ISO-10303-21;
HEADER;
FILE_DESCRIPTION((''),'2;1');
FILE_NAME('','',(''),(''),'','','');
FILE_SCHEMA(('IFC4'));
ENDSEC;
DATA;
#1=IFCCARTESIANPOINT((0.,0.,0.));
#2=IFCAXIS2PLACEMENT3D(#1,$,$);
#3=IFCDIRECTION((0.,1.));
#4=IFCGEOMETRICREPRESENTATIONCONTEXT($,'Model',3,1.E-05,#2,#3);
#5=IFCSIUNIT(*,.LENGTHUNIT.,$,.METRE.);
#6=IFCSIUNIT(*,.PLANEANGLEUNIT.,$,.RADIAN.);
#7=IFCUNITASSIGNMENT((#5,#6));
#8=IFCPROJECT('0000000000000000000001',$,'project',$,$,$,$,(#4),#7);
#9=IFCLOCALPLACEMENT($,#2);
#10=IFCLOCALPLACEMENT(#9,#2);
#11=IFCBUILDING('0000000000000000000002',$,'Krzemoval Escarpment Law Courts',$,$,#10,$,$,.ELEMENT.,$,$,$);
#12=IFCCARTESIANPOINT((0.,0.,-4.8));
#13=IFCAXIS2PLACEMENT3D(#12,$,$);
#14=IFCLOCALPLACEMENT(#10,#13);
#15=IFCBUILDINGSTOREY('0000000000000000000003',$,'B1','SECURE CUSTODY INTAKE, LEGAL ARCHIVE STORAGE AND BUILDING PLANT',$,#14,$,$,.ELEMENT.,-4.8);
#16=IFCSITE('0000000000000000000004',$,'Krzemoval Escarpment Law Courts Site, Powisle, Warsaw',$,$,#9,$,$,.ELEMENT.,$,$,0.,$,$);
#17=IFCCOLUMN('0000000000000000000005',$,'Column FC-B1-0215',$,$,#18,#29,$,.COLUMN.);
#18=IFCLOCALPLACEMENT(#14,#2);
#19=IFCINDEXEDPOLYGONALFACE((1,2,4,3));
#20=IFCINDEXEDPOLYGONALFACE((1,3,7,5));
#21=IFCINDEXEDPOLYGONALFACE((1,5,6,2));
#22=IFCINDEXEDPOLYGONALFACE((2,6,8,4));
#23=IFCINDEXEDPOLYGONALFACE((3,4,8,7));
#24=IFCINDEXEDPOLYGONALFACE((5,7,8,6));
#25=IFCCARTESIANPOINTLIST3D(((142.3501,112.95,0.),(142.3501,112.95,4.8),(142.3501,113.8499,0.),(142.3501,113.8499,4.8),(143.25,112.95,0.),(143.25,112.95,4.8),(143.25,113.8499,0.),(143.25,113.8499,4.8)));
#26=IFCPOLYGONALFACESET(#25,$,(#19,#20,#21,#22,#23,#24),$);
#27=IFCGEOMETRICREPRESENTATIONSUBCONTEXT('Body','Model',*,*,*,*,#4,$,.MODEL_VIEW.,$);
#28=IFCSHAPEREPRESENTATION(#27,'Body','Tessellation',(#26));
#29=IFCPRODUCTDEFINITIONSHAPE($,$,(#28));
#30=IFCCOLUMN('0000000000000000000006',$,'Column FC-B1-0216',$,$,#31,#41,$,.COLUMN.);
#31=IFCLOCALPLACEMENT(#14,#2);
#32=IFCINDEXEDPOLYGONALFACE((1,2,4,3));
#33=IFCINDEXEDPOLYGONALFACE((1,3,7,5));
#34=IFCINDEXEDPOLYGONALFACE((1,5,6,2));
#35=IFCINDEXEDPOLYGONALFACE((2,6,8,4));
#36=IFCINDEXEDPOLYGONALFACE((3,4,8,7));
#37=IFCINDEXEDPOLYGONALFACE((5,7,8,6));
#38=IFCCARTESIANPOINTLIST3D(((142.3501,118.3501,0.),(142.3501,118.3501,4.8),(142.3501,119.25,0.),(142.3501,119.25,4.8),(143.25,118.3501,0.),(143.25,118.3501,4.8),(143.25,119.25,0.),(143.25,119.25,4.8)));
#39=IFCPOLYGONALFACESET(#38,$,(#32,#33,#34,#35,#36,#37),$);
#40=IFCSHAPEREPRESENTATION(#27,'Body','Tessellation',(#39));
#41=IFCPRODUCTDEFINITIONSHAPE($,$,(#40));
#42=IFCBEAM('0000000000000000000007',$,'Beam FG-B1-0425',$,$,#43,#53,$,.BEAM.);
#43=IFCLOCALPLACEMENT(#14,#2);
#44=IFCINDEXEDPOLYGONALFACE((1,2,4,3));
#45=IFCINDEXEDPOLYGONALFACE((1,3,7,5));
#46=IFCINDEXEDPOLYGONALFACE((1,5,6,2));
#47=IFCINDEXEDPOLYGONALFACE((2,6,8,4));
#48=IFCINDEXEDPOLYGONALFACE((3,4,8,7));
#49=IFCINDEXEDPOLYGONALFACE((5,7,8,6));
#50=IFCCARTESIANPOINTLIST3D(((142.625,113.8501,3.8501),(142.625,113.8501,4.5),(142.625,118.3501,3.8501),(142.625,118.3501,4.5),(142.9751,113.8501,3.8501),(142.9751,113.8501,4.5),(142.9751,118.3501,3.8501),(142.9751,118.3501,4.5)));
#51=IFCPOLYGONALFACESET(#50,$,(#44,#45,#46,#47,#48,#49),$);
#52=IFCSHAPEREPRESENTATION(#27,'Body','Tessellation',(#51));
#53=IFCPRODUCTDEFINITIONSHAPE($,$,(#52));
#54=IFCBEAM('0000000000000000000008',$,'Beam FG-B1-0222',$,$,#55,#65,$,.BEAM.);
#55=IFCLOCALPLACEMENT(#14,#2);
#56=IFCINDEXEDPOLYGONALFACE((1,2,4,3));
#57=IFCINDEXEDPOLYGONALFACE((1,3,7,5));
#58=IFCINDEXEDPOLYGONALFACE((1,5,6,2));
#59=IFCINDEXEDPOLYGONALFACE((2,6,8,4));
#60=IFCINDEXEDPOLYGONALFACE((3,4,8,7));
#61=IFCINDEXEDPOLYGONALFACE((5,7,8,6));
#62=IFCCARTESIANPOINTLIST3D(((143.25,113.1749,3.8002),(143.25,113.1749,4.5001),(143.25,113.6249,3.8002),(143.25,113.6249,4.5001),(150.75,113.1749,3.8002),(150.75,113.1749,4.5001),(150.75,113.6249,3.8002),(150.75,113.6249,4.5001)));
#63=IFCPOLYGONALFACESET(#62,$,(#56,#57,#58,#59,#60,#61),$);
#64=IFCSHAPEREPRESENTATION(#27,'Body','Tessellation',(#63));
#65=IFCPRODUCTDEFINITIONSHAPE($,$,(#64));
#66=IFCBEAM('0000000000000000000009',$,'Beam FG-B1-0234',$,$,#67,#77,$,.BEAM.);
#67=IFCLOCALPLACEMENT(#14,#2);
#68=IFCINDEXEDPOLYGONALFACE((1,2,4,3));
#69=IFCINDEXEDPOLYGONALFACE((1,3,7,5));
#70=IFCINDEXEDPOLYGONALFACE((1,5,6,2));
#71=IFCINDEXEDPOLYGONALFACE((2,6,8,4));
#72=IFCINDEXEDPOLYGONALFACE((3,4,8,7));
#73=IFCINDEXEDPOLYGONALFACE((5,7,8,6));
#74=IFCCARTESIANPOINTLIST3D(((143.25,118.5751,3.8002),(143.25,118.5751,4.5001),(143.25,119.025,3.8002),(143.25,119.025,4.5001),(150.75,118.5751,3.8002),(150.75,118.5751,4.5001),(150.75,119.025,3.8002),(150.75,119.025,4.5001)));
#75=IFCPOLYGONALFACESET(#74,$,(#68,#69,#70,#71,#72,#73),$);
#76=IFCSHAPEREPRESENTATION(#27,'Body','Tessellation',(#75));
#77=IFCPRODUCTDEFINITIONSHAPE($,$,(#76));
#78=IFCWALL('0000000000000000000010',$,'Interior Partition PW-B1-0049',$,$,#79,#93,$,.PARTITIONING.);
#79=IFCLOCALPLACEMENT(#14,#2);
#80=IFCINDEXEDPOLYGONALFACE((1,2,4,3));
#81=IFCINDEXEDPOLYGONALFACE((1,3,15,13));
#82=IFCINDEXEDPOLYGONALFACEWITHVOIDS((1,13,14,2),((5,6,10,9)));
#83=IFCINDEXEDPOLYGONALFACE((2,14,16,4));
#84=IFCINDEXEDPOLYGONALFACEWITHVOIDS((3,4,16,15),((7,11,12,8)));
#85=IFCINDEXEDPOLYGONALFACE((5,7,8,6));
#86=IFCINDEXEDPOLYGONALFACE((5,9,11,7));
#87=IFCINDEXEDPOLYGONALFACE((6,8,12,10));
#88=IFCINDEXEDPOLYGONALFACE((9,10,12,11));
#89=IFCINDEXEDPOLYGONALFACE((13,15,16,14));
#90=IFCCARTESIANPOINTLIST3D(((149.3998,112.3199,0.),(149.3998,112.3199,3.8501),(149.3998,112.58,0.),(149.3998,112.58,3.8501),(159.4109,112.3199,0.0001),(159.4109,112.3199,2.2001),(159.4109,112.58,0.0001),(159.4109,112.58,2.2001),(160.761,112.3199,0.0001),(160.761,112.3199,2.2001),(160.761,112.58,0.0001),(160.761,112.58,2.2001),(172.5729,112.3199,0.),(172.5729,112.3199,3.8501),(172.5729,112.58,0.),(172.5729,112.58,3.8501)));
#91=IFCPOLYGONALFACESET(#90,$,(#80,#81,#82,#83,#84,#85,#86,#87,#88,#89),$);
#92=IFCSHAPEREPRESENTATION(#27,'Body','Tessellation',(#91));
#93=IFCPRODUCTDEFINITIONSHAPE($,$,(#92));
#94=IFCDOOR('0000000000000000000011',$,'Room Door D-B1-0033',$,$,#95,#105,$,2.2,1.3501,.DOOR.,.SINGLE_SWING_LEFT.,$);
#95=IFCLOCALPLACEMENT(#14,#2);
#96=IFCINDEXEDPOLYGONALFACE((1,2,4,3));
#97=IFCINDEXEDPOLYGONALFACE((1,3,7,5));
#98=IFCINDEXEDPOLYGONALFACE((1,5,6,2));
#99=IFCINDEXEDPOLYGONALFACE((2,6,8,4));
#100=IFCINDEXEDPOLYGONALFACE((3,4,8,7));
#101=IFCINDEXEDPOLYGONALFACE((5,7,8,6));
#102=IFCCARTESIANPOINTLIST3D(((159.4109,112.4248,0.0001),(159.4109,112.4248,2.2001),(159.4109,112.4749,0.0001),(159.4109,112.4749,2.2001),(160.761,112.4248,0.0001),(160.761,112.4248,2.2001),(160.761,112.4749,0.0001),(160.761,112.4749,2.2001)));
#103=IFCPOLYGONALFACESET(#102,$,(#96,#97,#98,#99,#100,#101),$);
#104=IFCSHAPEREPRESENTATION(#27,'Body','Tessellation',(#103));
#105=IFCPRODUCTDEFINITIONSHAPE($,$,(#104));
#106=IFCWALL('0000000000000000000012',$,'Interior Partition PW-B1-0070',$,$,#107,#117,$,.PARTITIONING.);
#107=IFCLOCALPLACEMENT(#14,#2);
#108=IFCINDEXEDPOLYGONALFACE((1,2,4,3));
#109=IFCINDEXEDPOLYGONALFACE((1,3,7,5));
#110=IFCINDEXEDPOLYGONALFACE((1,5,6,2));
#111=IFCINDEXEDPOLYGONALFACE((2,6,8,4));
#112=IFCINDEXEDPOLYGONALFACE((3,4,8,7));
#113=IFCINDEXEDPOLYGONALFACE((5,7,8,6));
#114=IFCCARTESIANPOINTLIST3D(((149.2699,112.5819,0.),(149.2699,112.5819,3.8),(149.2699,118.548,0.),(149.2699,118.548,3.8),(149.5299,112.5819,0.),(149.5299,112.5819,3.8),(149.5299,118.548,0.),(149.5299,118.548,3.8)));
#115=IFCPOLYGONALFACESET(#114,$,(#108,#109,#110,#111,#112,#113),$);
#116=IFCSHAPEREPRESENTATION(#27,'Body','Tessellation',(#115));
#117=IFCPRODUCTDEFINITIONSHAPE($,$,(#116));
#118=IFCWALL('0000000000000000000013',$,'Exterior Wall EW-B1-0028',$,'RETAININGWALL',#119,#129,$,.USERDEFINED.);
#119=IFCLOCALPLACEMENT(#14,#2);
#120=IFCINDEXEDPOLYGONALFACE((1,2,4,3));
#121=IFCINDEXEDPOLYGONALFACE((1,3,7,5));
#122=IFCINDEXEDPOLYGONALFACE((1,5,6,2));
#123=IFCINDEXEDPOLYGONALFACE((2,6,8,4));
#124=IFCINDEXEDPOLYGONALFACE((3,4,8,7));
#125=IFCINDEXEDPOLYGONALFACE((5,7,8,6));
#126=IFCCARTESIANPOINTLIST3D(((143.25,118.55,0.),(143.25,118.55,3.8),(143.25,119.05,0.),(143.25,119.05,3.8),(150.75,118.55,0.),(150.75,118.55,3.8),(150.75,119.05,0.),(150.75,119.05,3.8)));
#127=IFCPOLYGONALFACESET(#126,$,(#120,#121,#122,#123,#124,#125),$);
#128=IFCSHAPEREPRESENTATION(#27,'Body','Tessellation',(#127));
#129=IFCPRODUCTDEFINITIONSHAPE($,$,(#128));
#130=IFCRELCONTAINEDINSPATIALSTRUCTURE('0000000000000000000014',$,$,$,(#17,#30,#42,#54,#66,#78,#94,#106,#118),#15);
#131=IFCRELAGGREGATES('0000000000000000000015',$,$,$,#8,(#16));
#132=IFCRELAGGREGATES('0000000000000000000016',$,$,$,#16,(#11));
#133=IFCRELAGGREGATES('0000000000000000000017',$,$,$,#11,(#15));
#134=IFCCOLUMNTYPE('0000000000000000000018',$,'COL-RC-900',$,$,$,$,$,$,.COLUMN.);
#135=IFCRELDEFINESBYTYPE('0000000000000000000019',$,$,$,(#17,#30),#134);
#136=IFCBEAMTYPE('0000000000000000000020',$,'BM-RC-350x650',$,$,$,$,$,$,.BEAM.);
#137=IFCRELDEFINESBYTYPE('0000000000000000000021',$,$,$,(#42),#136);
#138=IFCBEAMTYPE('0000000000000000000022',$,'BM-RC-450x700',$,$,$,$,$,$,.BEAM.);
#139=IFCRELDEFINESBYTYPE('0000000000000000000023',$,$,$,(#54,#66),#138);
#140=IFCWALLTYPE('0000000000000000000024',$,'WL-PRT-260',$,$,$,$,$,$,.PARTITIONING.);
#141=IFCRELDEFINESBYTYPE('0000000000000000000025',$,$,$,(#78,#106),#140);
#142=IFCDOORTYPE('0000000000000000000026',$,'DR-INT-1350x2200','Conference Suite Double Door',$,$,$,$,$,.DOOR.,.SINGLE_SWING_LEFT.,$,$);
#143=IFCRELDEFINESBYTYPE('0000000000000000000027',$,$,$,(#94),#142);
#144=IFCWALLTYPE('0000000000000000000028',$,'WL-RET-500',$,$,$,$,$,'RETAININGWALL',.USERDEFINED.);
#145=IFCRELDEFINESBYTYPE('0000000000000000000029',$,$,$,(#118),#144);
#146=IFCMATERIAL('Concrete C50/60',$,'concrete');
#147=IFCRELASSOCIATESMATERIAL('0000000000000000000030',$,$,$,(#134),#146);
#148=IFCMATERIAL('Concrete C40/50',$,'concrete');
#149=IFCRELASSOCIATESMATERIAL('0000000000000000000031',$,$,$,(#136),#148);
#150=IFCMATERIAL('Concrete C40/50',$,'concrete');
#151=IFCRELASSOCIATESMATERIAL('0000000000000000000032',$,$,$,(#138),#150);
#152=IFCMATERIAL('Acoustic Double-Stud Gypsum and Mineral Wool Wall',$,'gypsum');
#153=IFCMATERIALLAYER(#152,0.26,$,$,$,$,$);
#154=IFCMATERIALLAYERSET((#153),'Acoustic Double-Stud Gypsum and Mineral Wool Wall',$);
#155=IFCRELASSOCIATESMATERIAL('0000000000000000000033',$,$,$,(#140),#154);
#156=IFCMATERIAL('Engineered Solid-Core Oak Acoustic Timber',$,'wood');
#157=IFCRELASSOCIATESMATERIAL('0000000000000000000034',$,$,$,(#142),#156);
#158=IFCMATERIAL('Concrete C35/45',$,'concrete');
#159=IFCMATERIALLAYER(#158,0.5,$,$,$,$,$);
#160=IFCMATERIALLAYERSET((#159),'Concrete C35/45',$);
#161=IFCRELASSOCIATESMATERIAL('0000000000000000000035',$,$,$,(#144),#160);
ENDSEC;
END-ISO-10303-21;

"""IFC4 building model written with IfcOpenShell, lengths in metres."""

from ifc_helpers import new_model, si_unit, direction, frame, frame_2d, origin, origin_2d, place, context, subcontext, project, spatial, rectangle, extrude, material, layer, layer_set, material_profile, profile_set, type_object, element, fill, save


model = new_model("IFC4")

# Units and contexts
model_context = context("Model", 3, precision=1e-05, world=origin(), true_north=direction((0.0, 1.0)))
body_context = subcontext(model_context, "Body", "Model", "MODEL_VIEW")
ifc_project = project(units=[si_unit("LENGTHUNIT", "METRE"), si_unit("PLANEANGLEUNIT", "RADIAN")], contexts=[model_context])

# Site, building, storey
site_placement = place(None, origin())
site = spatial("IfcSite", under=ifc_project, at=site_placement, Name="Krzemoval Escarpment Law Courts Site, Powisle, Warsaw", CompositionType="ELEMENT", RefElevation=0.0)
building_placement = place(site_placement, origin())
building = spatial("IfcBuilding", under=site, at=building_placement, Name="Krzemoval Escarpment Law Courts", CompositionType="ELEMENT")
storey_placement = place(building_placement, frame((0.0, 0.0, -4.8)))
storey = spatial("IfcBuildingStorey", under=building, at=storey_placement, Name="B1", Description="SECURE CUSTODY INTAKE, LEGAL ARCHIVE STORAGE AND BUILDING PLANT", CompositionType="ELEMENT", Elevation=-4.8)

# Columns
ifc_material_1 = material(Name="Concrete C50/60", Category="concrete")
ifc_material_profile_1 = material_profile(ifc_material_1, rectangle(XDim=0.8999, YDim=0.8999, at=origin_2d()), Name="RC 900x900")
ifc_profile_set_1 = profile_set([ifc_material_profile_1], Name="Concrete C50/60")
column_type = type_object("IfcColumnType", Name="COL-RC-900", PredefinedType="COLUMN", material=ifc_profile_set_1)
for number, where, z_axis, x_axis, name in (
    (1, (142.8, 113.3999, 0.0), (0.0, 0.0, 1.0), (1.0, 0.0, 0.0), "Column FC-B1-0215"),
    (2, (142.8, 118.8, 0.0), (0.0, 0.0, 1.0), (1.0, 0.0, 0.0), "Column FC-B1-0216"),
):
    element("IfcColumn", number, at=place(storey_placement, frame(where, z_axis=z_axis, x_axis=x_axis)), inside=storey, type_object=column_type, Name=name, PredefinedType="COLUMN", context=body_context, shape_type="SweptSolid", body=[
        extrude(rectangle(XDim=0.8999, YDim=0.8999, at=origin_2d()), origin(), (0.0, 0.0, 1.0), 4.8),
    ])

# Beams
ifc_material_2 = material(Name="Concrete C40/50", Category="concrete")
ifc_material_profile_2 = material_profile(ifc_material_2, rectangle(XDim=0.3501, YDim=0.6499, at=origin_2d()), Name="RCB 350x650")
ifc_profile_set_2 = profile_set([ifc_material_profile_2], Name="Concrete C40/50")
beam_type_1 = type_object("IfcBeamType", Name="BM-RC-350x650", PredefinedType="BEAM", material=ifc_profile_set_2)
beam_placement = place(storey_placement, frame((142.8, 113.8501, 4.175), z_axis=(0.0, 1.0, 0.0), x_axis=(-1.0, 0.0, 0.0)))
element("IfcBeam", 3, at=beam_placement, inside=storey, type_object=beam_type_1, Name="Beam FG-B1-0425", PredefinedType="BEAM", context=body_context, shape_type="SweptSolid", body=[
    extrude(rectangle(XDim=0.3501, YDim=0.6499, at=origin_2d()), origin(), (0.0, 0.0, 1.0), 4.5),
])
ifc_material_3 = material(Name="Concrete C40/50", Category="concrete")
ifc_material_profile_3 = material_profile(ifc_material_3, rectangle(XDim=0.45, YDim=0.7, at=origin_2d()), Name="RCB 450x700")
ifc_profile_set_3 = profile_set([ifc_material_profile_3], Name="Concrete C40/50")
beam_type_2 = type_object("IfcBeamType", Name="BM-RC-450x700", PredefinedType="BEAM", material=ifc_profile_set_3)
for number, where, z_axis, x_axis, name in (
    (4, (143.25, 113.3999, 4.1501), (1.0, 0.0, 0.0), (0.0, 1.0, 0.0), "Beam FG-B1-0222"),
    (5, (143.25, 118.8, 4.1501), (1.0, 0.0, 0.0), (0.0, 1.0, 0.0), "Beam FG-B1-0234"),
):
    element("IfcBeam", number, at=place(storey_placement, frame(where, z_axis=z_axis, x_axis=x_axis)), inside=storey, type_object=beam_type_2, Name=name, PredefinedType="BEAM", context=body_context, shape_type="SweptSolid", body=[
        extrude(rectangle(XDim=0.45, YDim=0.7, at=origin_2d()), origin(), (0.0, 0.0, 1.0), 7.5),
    ])

# Wall, opening, door
ifc_material_4 = material(Name="Acoustic Double-Stud Gypsum and Mineral Wool Wall", Category="gypsum")
ifc_layer_1 = layer(ifc_material_4, 0.26)
ifc_layer_set_1 = layer_set([ifc_layer_1], Name="Acoustic Double-Stud Gypsum and Mineral Wool Wall")
wall_type_1 = type_object("IfcWallType", Name="WL-PRT-260", PredefinedType="PARTITIONING", material=ifc_layer_set_1)
wall_1_placement = place(storey_placement, frame((149.3999, 112.45, 0.0), z_axis=(0.0, 0.0, 1.0), x_axis=(1.0, 0.0, 0.0)))
wall_1 = element("IfcWall", 6, at=wall_1_placement, inside=storey, type_object=wall_type_1, Name="Interior Partition PW-B1-0049", PredefinedType="PARTITIONING", context=body_context, shape_type="SweptSolid", body=[
    extrude(rectangle(XDim=23.1731, YDim=0.26, at=frame_2d((11.5864, 0.0))), origin(), (0.0, 0.0, 1.0), 3.8501),
])
opening_placement = place(wall_1_placement, frame((10.011, 0.0, 0.0)))
opening = element("IfcOpeningElement", 7, at=opening_placement, cuts=wall_1, PredefinedType="OPENING", context=body_context, shape_type="SweptSolid", body=[
    extrude(rectangle(XDim=1.3501, YDim=2.2, at=frame_2d((0.675, 1.1001))), frame((0.0, 0.145, 0.0), z_axis=(0.0, -1.0, 0.0), x_axis=(1.0, 0.0, 0.0)), (0.0, 0.0, 1.0), 0.29),
])
ifc_material_5 = material(Name="Engineered Solid-Core Oak Acoustic Timber", Category="wood")
door_type = type_object("IfcDoorType", Name="DR-INT-1350x2200", Description="Conference Suite Double Door", OperationType="SINGLE_SWING_LEFT", PredefinedType="DOOR", material=ifc_material_5)
door_placement = place(opening_placement, origin())
door = element("IfcDoor", 8, at=door_placement, inside=storey, type_object=door_type, Name="Room Door D-B1-0033", OperationType="SINGLE_SWING_LEFT", OverallHeight=2.2, OverallWidth=1.3501, PredefinedType="DOOR", context=body_context, shape_type="SweptSolid", body=[
    extrude(rectangle(XDim=1.3501, YDim=2.2, at=frame_2d((0.675, 1.1001))), frame((0.0, 0.0249, 0.0), z_axis=(0.0, -1.0, 0.0), x_axis=(1.0, 0.0, 0.0)), (0.0, 0.0, 1.0), 0.05),
])
fill(opening, door)

# Walls
wall_2_placement = place(storey_placement, frame((149.3999, 112.582, 0.0), z_axis=(0.0, 0.0, 1.0), x_axis=(0.0, 1.0, 0.0)))
element("IfcWall", 9, at=wall_2_placement, inside=storey, type_object=wall_type_1, Name="Interior Partition PW-B1-0070", PredefinedType="PARTITIONING", context=body_context, shape_type="SweptSolid", body=[
    extrude(rectangle(XDim=5.9661, YDim=0.26, at=frame_2d((2.9829, 0.0))), origin(), (0.0, 0.0, 1.0), 3.8),
])
ifc_material_6 = material(Name="Concrete C35/45", Category="concrete")
ifc_layer_2 = layer(ifc_material_6, 0.5)
ifc_layer_set_2 = layer_set([ifc_layer_2], Name="Concrete C35/45")
wall_type_2 = type_object("IfcWallType", Name="WL-RET-500", ElementType="RETAININGWALL", PredefinedType="USERDEFINED", material=ifc_layer_set_2)
wall_3_placement = place(storey_placement, frame((143.25, 118.8, 0.0), z_axis=(0.0, 0.0, 1.0), x_axis=(1.0, 0.0, 0.0)))
element("IfcWall", 10, at=wall_3_placement, inside=storey, type_object=wall_type_2, Name="Exterior Wall EW-B1-0028", ObjectType="RETAININGWALL", PredefinedType="USERDEFINED", context=body_context, shape_type="SweptSolid", body=[
    extrude(rectangle(XDim=7.5, YDim=0.5, at=frame_2d((3.75, 0.0))), origin(), (0.0, 0.0, 1.0), 3.8),
])

save(model, "model.ifc")
